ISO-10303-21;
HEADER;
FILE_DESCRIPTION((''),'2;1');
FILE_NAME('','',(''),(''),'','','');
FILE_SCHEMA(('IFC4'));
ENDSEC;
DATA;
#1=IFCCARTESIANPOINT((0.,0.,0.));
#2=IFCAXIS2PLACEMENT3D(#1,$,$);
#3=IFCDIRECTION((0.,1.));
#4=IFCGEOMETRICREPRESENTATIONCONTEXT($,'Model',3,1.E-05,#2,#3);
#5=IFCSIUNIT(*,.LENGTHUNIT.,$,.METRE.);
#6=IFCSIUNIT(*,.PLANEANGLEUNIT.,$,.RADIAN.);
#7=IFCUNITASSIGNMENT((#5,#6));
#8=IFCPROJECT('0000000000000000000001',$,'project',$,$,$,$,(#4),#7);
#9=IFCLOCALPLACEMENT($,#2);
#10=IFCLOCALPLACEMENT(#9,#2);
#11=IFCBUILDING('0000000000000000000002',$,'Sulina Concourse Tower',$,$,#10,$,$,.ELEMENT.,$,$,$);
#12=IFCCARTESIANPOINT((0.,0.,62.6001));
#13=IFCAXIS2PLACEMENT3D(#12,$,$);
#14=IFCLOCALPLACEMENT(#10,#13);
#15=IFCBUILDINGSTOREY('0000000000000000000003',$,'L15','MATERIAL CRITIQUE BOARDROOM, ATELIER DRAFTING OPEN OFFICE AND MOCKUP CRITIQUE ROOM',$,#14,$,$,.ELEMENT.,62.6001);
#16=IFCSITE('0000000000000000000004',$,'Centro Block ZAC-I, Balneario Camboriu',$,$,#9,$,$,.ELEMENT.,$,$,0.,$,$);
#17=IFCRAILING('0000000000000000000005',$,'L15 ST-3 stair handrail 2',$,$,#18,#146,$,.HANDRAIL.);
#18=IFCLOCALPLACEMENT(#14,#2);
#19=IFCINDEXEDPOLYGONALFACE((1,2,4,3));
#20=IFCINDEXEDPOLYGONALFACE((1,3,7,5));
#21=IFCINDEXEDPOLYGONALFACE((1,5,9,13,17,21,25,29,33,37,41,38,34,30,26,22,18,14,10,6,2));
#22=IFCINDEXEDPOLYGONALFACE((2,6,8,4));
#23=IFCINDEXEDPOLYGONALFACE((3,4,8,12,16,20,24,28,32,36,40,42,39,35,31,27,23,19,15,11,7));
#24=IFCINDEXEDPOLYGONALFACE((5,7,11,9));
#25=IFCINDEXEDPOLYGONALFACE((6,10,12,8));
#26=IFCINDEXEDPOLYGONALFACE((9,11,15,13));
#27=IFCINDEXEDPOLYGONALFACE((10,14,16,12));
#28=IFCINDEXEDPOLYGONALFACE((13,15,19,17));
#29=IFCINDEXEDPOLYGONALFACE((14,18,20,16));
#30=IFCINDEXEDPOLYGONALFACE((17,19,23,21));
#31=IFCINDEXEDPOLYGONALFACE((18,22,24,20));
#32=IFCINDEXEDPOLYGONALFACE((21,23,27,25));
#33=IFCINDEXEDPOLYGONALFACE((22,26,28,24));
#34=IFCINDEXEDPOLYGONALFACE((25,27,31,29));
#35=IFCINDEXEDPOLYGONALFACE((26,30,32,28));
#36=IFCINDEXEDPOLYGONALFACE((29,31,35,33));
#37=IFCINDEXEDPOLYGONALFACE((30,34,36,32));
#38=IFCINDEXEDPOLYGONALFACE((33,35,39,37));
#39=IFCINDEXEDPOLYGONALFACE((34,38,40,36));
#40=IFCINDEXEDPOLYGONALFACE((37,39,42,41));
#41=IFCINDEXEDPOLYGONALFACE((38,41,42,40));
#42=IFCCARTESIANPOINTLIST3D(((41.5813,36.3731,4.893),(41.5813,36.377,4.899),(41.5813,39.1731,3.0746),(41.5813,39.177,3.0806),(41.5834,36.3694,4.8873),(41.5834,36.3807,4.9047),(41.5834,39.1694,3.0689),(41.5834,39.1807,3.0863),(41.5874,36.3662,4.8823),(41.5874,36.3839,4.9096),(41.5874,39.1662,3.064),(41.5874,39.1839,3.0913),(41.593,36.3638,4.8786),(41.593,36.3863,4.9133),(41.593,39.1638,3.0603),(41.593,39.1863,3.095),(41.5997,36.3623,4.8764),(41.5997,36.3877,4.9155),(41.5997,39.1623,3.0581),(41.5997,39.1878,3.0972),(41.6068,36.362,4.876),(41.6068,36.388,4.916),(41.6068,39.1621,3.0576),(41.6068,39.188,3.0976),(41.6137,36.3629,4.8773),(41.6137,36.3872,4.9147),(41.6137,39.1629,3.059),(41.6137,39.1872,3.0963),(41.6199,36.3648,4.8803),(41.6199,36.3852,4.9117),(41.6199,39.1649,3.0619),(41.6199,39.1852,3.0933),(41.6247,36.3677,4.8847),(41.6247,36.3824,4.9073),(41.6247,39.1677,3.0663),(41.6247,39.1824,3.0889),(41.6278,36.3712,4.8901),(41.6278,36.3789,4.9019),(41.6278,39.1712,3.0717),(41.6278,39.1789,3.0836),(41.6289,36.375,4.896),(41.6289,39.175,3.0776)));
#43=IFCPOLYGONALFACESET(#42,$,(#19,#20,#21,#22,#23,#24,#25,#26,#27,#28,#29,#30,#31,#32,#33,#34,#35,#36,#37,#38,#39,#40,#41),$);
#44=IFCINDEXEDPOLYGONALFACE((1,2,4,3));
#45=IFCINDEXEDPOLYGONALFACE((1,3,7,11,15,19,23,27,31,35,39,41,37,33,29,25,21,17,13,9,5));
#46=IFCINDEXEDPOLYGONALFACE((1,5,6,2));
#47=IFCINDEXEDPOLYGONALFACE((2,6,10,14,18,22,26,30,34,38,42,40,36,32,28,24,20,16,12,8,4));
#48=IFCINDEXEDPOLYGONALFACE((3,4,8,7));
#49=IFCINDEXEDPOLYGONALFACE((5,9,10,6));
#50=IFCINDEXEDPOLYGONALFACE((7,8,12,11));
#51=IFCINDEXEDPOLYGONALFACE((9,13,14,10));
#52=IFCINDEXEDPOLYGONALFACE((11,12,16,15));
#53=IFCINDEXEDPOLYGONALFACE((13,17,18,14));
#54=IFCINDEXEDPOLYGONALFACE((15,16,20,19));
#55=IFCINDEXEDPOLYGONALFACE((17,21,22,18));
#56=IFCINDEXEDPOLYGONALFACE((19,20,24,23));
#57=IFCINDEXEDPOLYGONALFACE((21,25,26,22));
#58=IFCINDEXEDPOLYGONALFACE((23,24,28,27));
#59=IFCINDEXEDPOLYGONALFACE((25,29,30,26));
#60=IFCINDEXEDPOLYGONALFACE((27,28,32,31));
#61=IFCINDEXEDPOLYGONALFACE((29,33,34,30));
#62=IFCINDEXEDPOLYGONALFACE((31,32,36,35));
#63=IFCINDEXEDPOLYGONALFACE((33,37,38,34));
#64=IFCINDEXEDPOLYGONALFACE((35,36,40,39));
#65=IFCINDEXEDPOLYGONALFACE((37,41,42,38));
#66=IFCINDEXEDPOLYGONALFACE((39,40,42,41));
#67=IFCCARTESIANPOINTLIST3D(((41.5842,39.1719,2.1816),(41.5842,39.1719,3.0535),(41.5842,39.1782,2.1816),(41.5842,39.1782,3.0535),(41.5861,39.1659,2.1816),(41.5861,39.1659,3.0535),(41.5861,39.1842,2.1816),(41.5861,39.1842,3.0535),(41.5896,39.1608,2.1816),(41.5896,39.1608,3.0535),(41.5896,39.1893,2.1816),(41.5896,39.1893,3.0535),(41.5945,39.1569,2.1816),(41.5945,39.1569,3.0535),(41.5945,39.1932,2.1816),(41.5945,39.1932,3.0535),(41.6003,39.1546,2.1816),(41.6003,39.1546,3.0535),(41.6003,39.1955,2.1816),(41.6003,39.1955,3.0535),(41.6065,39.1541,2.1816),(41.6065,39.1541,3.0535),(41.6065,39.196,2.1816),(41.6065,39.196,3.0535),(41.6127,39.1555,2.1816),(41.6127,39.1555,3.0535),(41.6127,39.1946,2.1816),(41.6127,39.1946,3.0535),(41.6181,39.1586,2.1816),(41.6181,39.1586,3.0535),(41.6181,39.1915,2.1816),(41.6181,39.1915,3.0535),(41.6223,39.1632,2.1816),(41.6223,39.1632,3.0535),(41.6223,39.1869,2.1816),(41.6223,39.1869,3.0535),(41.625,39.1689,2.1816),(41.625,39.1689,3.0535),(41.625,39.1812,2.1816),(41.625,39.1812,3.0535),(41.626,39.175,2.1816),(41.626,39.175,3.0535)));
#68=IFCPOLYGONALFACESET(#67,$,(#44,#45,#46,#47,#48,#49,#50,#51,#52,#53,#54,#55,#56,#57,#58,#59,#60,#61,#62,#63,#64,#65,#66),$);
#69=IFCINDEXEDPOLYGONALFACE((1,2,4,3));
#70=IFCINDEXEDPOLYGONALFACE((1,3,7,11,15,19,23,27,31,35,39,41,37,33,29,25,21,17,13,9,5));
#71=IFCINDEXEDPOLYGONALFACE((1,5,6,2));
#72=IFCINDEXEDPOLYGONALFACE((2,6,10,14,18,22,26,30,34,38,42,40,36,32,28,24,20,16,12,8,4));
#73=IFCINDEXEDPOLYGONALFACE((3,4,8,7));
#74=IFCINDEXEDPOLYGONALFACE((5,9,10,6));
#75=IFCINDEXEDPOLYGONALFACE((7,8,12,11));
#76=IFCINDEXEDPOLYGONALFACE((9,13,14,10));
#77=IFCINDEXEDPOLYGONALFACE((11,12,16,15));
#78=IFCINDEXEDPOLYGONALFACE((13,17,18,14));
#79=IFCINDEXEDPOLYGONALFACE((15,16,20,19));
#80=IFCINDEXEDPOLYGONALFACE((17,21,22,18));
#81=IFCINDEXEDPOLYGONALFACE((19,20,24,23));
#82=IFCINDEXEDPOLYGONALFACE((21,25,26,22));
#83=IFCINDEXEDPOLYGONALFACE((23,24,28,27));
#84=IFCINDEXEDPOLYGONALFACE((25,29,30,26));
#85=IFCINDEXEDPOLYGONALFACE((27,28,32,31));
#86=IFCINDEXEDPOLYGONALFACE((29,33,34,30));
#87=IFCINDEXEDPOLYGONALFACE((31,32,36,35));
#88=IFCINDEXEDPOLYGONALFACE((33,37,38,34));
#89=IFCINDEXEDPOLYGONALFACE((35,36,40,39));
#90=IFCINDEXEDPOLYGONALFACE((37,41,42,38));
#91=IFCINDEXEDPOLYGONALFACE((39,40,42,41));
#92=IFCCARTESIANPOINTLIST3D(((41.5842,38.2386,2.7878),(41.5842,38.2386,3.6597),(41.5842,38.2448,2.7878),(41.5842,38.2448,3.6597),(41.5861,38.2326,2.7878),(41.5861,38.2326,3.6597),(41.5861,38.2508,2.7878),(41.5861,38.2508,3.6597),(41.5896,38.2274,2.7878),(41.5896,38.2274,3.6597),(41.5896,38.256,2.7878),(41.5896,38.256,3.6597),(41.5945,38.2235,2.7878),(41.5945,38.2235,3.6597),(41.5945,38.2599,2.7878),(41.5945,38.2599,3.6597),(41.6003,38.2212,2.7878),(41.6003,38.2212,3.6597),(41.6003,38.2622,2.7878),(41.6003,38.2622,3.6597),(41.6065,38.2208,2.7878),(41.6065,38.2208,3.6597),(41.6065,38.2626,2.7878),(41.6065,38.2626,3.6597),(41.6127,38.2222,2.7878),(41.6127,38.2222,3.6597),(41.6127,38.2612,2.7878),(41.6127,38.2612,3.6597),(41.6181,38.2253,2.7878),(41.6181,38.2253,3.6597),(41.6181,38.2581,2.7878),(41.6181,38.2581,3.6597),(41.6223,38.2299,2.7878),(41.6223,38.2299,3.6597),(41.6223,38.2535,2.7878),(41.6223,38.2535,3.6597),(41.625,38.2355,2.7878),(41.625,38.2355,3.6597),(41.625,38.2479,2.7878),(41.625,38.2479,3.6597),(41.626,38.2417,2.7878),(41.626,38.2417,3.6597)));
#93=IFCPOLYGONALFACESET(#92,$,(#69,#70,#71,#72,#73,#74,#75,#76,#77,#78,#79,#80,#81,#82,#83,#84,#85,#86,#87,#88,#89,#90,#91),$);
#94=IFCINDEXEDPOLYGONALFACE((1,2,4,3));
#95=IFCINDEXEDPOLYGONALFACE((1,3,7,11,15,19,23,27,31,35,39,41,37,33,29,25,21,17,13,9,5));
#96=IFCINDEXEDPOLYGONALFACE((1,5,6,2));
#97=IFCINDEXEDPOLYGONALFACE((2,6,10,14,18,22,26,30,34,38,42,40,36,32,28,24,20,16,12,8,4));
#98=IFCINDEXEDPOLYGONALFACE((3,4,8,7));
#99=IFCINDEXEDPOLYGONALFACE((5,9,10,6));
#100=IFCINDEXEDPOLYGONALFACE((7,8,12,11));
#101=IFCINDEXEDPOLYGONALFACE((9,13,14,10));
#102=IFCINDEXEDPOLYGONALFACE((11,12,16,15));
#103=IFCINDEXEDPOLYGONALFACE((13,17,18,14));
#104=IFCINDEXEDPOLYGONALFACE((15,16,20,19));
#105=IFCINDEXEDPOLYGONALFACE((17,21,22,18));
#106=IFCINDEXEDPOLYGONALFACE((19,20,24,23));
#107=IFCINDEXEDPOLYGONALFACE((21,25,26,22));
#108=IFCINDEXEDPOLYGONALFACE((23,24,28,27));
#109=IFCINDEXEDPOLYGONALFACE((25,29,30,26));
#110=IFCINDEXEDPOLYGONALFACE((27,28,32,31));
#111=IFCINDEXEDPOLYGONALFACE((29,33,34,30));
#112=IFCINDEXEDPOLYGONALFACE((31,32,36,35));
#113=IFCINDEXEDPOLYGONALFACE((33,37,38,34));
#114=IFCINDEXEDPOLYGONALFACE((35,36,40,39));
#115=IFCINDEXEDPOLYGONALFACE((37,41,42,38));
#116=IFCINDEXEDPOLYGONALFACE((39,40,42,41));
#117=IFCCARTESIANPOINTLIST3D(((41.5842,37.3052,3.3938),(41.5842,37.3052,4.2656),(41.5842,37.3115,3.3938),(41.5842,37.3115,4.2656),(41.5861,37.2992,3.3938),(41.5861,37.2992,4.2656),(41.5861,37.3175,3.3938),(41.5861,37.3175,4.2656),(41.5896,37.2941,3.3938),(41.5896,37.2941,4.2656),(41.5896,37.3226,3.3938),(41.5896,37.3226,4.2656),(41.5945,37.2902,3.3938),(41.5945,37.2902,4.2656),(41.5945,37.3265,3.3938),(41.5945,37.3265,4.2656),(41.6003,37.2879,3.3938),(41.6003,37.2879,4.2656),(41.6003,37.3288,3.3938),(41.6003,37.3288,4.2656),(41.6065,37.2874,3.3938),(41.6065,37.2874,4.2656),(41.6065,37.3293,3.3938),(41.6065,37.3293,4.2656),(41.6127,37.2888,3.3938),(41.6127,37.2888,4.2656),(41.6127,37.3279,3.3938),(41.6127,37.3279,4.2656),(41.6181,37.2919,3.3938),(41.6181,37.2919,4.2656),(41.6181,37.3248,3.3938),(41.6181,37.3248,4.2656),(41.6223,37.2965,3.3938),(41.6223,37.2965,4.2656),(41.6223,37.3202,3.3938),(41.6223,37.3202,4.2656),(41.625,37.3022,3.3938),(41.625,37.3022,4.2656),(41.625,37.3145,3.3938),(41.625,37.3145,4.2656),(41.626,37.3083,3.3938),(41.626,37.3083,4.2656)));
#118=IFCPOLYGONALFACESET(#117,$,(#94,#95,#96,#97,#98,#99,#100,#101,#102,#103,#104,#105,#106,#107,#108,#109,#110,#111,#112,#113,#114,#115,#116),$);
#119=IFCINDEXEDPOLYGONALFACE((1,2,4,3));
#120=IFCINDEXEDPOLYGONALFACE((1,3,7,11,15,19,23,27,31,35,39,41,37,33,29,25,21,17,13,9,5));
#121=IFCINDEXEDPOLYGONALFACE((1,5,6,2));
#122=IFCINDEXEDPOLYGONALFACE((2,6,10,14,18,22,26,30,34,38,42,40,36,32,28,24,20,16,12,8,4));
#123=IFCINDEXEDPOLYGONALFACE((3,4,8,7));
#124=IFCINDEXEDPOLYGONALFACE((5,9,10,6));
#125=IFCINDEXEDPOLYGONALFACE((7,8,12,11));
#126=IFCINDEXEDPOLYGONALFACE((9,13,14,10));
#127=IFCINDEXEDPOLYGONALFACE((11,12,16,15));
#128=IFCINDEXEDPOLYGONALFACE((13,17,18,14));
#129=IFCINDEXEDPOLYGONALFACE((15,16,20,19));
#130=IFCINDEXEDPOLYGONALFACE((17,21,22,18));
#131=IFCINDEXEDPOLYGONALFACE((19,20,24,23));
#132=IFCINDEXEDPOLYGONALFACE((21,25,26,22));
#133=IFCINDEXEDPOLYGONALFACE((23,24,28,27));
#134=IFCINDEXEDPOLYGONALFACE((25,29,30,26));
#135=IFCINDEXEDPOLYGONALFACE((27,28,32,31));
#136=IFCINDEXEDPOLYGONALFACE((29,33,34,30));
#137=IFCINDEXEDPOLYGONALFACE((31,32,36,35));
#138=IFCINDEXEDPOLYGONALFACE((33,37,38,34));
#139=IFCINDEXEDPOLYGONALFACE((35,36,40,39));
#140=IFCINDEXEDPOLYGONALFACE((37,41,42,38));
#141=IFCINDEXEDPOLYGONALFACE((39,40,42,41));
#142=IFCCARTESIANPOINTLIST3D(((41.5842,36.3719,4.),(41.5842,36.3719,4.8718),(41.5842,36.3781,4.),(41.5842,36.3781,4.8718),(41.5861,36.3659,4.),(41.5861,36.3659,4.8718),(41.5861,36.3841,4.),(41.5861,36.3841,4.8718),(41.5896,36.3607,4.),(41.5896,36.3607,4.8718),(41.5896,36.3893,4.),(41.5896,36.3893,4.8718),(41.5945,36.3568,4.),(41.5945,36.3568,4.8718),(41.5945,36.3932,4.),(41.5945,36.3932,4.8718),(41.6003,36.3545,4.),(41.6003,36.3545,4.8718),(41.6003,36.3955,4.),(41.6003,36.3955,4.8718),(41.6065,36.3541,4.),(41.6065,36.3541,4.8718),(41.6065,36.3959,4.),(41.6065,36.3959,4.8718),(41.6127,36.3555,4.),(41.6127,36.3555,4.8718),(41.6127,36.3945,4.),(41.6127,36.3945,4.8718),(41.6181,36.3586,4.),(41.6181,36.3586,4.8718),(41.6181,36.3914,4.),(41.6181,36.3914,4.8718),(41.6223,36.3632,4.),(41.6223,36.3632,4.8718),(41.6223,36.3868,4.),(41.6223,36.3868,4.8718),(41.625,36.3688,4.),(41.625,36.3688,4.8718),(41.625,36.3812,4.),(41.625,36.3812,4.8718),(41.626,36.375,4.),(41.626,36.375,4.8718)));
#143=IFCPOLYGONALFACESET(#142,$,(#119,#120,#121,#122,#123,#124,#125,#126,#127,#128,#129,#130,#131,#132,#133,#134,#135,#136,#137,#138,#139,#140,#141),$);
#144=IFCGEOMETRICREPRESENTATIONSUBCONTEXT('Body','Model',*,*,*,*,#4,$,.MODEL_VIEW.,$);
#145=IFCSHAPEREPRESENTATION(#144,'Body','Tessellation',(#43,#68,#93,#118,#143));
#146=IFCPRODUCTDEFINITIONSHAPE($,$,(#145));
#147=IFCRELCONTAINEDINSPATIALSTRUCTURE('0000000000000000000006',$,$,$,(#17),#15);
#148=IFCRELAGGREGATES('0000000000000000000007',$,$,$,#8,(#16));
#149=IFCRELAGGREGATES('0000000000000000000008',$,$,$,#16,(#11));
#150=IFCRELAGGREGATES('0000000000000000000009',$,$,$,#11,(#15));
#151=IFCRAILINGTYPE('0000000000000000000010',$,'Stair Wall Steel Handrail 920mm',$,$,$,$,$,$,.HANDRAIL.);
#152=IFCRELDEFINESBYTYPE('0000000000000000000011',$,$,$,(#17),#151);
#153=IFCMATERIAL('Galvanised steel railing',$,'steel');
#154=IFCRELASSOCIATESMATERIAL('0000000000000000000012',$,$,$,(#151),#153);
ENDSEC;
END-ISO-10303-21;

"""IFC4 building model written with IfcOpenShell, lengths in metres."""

from ifc_helpers import new_model, si_unit, direction, frame, origin, origin_2d, place, context, subcontext, project, spatial, circle, extrude, material, type_object, element, save


model = new_model("IFC4")

# Units and contexts
model_context = context("Model", 3, precision=1e-05, world=origin(), true_north=direction((0.0, 1.0)))
body_context = subcontext(model_context, "Body", "Model", "MODEL_VIEW")
ifc_project = project(units=[si_unit("LENGTHUNIT", "METRE"), si_unit("PLANEANGLEUNIT", "RADIAN")], contexts=[model_context])

# Site, building, storey
site_placement = place(None, origin())
site = spatial("IfcSite", under=ifc_project, at=site_placement, Name="Centro Block ZAC-I, Balneario Camboriu", CompositionType="ELEMENT", RefElevation=0.0)
building_placement = place(site_placement, origin())
building = spatial("IfcBuilding", under=site, at=building_placement, Name="Sulina Concourse Tower", CompositionType="ELEMENT")
storey_placement = place(building_placement, frame((0.0, 0.0, 62.6001)))
storey = spatial("IfcBuildingStorey", under=building, at=storey_placement, Name="L15", Description="MATERIAL CRITIQUE BOARDROOM, ATELIER DRAFTING OPEN OFFICE AND MOCKUP CRITIQUE ROOM", CompositionType="ELEMENT", Elevation=62.6001)

# Railing
ifc_material_1 = material(Name="Galvanised steel railing", Category="steel")
railing_type_1 = type_object("IfcRailingType", Name="Stair Wall Steel Handrail 920mm", PredefinedType="HANDRAIL", material=ifc_material_1)
railing_1_placement = place(storey_placement, frame((41.605, 39.175, 2.1816)))
element("IfcRailing", 1, at=railing_1_placement, inside=storey, type_object=railing_type_1, Name="L15 ST-3 stair handrail 2", PredefinedType="HANDRAIL", context=body_context, shape_type="SweptSolid", body=[
    extrude(circle(Radius=0.0239, at=origin_2d()), frame((0.0, 0.0, 0.896), z_axis=(0.0, -0.838672, 0.544636), x_axis=(1.0, 0.0, 0.0)), (0.0, 0.0, 1.0), 3.3386),
    extrude(circle(Radius=0.021, at=origin_2d()), origin(), (0.0, 0.0, 1.0), 0.8718),
    extrude(circle(Radius=0.021, at=origin_2d()), frame((0.0, -0.9333, 0.6062)), (0.0, 0.0, 1.0), 0.8718),
    extrude(circle(Radius=0.021, at=origin_2d()), frame((0.0, -1.8667, 1.2122)), (0.0, 0.0, 1.0), 0.8718),
    extrude(circle(Radius=0.021, at=origin_2d()), frame((0.0, -2.8, 1.8184)), (0.0, 0.0, 1.0), 0.8718),
])

save(model, "model.ifc")
